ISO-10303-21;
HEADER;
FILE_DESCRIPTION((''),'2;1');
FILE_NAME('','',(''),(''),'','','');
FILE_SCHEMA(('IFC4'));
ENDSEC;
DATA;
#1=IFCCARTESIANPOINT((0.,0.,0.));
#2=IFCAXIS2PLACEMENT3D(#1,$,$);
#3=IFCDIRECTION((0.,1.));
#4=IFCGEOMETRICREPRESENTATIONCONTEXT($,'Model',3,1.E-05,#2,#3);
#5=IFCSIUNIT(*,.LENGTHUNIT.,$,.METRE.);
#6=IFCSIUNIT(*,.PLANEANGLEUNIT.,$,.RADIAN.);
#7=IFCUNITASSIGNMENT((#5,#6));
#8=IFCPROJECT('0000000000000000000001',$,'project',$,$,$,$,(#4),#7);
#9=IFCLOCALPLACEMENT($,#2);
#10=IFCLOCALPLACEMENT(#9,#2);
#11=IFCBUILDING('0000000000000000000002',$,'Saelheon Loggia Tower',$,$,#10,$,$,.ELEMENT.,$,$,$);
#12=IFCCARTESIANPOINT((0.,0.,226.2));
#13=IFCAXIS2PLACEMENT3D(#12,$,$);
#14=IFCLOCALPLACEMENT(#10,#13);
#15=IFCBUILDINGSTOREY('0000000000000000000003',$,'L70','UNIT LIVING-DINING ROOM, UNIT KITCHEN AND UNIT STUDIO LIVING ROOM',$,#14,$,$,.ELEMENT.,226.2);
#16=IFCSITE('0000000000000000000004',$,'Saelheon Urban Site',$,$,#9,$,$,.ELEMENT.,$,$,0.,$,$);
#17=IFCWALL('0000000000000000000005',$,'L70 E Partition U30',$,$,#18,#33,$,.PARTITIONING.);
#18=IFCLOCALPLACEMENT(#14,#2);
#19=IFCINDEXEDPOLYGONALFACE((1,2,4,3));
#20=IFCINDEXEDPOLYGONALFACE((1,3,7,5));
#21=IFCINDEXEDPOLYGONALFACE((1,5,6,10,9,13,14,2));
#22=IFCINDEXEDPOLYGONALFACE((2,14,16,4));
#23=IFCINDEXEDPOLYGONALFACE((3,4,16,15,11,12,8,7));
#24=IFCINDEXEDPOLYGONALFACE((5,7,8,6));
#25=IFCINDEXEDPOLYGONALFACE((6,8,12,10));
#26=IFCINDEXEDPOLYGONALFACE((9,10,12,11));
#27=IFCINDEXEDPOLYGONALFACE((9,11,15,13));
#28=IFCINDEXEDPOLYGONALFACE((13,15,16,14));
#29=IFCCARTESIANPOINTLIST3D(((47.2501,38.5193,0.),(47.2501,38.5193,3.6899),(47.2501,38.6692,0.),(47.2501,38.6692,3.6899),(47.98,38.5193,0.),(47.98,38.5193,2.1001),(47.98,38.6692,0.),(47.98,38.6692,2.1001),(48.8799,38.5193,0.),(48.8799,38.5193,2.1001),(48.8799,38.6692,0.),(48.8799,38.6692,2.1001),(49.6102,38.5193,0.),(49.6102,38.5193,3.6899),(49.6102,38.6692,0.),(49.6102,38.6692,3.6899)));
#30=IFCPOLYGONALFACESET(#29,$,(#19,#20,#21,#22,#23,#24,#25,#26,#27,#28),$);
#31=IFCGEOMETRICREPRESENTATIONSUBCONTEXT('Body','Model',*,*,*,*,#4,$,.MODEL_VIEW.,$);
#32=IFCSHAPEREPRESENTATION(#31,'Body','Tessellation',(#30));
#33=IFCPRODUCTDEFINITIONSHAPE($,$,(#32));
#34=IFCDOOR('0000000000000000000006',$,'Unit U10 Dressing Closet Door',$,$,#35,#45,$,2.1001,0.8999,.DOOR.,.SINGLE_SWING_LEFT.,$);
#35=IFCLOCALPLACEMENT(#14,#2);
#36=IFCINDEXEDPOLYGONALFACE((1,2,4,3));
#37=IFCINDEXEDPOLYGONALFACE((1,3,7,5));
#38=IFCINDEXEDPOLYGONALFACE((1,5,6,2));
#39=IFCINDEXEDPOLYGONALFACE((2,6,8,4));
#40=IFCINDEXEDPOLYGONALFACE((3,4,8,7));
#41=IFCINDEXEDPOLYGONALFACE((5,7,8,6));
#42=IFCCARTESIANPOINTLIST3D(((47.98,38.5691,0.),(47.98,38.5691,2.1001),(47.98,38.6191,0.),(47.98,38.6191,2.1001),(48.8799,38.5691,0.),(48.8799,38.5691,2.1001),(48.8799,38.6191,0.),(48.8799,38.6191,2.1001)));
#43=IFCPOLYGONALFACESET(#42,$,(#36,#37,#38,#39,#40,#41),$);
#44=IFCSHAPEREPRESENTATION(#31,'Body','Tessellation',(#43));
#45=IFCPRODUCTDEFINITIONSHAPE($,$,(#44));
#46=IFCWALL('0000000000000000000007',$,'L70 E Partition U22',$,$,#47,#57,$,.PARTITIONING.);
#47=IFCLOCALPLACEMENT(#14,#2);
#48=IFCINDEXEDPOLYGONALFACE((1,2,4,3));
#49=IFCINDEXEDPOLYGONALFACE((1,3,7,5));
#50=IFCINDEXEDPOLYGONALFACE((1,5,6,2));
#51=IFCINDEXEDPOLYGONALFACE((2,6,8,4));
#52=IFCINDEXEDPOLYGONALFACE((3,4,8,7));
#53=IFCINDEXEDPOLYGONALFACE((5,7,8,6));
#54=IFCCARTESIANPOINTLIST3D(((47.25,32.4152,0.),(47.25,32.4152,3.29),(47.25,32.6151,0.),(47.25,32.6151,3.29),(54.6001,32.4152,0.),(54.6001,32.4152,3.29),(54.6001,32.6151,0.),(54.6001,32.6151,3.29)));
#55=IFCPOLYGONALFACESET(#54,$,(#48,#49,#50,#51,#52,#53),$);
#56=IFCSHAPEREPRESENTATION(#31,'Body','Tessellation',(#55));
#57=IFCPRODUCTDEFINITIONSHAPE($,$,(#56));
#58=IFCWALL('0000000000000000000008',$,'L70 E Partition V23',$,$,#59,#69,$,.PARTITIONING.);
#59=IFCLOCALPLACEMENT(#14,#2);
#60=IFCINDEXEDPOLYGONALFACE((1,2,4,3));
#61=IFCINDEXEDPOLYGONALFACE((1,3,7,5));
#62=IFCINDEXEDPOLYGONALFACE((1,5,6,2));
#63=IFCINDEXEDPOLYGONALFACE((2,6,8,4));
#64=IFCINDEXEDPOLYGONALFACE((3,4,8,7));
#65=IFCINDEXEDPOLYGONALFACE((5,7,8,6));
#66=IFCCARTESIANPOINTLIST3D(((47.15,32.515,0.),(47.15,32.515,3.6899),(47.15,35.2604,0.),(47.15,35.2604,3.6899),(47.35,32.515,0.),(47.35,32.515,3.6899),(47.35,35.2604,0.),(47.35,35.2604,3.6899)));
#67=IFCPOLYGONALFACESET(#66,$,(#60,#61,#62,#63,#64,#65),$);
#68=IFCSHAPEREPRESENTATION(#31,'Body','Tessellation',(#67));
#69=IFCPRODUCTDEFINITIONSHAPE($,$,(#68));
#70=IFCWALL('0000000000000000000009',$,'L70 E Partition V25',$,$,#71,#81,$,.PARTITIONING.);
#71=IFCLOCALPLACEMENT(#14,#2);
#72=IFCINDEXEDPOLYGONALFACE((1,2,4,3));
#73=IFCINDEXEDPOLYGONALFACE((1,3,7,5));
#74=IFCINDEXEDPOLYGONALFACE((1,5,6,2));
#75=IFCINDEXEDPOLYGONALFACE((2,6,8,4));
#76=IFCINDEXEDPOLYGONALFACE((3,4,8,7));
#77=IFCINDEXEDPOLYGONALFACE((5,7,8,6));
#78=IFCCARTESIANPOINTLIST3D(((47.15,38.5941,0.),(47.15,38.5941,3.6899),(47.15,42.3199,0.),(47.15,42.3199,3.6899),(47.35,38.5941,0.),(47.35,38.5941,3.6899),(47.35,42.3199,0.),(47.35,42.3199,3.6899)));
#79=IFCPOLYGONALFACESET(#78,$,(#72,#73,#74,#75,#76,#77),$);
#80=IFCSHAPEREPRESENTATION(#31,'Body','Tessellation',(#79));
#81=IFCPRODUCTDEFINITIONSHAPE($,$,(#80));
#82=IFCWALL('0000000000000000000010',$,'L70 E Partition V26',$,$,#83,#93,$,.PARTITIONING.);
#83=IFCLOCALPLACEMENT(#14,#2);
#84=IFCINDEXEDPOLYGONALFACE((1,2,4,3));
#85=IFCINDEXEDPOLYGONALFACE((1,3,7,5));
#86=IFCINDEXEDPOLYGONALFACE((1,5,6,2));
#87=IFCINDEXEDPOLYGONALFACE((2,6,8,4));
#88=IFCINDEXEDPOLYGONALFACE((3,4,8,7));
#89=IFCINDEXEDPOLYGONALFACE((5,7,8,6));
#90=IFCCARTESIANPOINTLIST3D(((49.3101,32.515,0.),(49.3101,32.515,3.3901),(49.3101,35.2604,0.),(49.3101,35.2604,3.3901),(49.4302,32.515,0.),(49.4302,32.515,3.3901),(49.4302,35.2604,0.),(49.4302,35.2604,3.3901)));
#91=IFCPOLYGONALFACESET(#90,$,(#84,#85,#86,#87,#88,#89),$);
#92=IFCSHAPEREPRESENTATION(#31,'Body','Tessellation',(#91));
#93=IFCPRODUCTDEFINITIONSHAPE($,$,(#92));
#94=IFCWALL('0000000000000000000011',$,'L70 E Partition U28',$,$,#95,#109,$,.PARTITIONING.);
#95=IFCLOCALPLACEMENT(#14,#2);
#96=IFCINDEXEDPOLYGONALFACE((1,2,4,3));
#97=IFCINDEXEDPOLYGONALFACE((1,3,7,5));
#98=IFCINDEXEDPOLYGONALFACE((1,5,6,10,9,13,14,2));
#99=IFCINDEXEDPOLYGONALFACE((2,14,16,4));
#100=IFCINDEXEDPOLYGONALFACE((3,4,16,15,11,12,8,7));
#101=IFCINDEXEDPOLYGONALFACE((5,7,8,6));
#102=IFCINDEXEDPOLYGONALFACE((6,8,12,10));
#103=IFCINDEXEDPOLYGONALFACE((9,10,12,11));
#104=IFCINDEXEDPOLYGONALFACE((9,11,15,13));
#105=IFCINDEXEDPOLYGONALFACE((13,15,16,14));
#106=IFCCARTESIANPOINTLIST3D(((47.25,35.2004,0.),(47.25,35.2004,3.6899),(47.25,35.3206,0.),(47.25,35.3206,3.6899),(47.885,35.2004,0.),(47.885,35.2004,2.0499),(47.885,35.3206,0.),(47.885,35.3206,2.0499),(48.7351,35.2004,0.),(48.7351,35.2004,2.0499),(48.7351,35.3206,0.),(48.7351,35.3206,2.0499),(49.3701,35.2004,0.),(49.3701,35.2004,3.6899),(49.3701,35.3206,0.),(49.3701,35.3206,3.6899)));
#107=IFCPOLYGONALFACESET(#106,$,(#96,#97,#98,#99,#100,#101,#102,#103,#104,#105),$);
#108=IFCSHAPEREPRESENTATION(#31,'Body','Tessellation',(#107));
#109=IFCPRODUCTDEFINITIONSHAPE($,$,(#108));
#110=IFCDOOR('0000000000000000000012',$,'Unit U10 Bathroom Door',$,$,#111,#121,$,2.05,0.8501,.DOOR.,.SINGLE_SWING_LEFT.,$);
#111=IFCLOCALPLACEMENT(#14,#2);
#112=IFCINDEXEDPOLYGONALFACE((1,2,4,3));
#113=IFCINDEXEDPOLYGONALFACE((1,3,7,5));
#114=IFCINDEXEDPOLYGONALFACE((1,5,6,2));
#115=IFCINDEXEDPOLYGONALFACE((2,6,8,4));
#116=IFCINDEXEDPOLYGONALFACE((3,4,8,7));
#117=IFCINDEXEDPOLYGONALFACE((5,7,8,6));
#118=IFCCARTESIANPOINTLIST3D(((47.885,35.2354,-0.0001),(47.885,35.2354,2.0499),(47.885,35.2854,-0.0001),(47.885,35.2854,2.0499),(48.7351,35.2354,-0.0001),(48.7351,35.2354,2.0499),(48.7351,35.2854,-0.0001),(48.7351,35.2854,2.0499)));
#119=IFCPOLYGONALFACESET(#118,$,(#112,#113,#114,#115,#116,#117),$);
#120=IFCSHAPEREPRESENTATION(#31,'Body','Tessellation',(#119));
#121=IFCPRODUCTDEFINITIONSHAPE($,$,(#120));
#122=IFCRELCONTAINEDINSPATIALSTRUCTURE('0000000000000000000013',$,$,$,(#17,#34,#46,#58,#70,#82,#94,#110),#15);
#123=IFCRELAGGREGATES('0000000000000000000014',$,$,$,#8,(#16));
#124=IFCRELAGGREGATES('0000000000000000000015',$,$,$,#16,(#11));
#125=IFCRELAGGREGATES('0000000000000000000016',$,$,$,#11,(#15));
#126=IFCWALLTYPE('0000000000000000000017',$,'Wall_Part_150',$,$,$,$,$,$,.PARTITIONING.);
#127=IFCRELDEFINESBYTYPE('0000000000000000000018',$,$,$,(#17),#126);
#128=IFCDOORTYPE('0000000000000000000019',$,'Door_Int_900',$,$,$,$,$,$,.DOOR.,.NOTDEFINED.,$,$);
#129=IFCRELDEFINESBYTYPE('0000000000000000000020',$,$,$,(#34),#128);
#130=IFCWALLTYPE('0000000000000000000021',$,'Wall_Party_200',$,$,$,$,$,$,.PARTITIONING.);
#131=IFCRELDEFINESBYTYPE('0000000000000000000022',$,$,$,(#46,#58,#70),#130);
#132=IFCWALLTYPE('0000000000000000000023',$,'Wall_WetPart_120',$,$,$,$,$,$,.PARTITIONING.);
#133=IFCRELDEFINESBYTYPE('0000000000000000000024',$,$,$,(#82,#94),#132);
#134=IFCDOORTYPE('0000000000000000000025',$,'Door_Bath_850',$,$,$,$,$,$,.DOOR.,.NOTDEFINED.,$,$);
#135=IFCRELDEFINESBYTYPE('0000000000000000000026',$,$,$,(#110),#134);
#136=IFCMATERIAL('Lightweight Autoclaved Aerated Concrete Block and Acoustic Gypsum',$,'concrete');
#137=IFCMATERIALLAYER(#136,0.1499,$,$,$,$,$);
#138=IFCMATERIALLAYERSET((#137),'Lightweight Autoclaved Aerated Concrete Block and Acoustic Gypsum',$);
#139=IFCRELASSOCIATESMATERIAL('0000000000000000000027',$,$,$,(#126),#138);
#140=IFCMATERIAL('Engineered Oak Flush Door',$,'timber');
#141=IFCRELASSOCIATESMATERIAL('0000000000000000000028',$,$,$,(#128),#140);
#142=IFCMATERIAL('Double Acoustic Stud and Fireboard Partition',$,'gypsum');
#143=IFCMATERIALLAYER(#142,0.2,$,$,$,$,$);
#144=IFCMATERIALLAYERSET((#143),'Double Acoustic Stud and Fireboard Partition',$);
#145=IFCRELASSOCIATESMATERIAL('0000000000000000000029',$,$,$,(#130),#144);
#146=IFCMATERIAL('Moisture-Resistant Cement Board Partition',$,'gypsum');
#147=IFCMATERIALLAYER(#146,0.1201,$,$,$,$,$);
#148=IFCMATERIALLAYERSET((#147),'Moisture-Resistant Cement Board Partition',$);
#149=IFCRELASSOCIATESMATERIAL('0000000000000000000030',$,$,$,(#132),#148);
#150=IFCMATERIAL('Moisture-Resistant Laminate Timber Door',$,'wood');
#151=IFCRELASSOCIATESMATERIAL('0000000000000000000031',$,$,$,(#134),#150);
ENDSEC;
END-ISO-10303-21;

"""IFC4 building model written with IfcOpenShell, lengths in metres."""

from ifc_helpers import new_model, si_unit, direction, frame, frame_2d, origin, place, context, subcontext, project, spatial, rectangle, extrude, source, transform, mapped, material, layer, layer_set, type_object, element, fill, save


model = new_model("IFC4")

# Units and contexts
model_context = context("Model", 3, precision=1e-05, world=origin(), true_north=direction((0.0, 1.0)))
body_context = subcontext(model_context, "Body", "Model", "MODEL_VIEW")
ifc_project = project(units=[si_unit("LENGTHUNIT", "METRE"), si_unit("PLANEANGLEUNIT", "RADIAN")], contexts=[model_context])

# Site, building, storey
site_placement = place(None, origin())
site = spatial("IfcSite", under=ifc_project, at=site_placement, Name="Saelheon Urban Site", CompositionType="ELEMENT", RefElevation=0.0)
building_placement = place(site_placement, origin())
building = spatial("IfcBuilding", under=site, at=building_placement, Name="Saelheon Loggia Tower", CompositionType="ELEMENT")
storey_placement = place(building_placement, frame((0.0, 0.0, 226.2)))
storey = spatial("IfcBuildingStorey", under=building, at=storey_placement, Name="L70", Description="UNIT LIVING-DINING ROOM, UNIT KITCHEN AND UNIT STUDIO LIVING ROOM", CompositionType="ELEMENT", Elevation=226.2)

# Shared definitions
ifc_material_1 = material(Name="Lightweight Autoclaved Aerated Concrete Block and Acoustic Gypsum", Category="concrete")
ifc_layer_1 = layer(ifc_material_1, 0.1499)
ifc_layer_set_1 = layer_set([ifc_layer_1], Name="Lightweight Autoclaved Aerated Concrete Block and Acoustic Gypsum")
wall_type_1 = type_object("IfcWallType", Name="Wall_Part_150", PredefinedType="PARTITIONING", material=ifc_layer_set_1)

# Wall, opening, door
ifc_material_2 = material(Name="Engineered Oak Flush Door", Category="timber")
door_type_1 = type_object("IfcDoorType", Name="Door_Int_900", OperationType="NOTDEFINED", PredefinedType="DOOR", material=ifc_material_2)
shared_shape_1 = source(origin(), body_context, "Body", "SweptSolid", [
    extrude(rectangle(XDim=0.8999, YDim=2.1001, at=frame_2d((0.45, 1.05))), frame((0.0, 0.0249, 0.0), z_axis=(0.0, -1.0, 0.0), x_axis=(1.0, 0.0, 0.0)), (0.0, 0.0, 1.0), 0.05),
])
wall_1_placement = place(storey_placement, frame((47.25, 38.5942, 0.0), z_axis=(0.0, 0.0, 1.0), x_axis=(1.0, 0.0, 0.0)))
wall_1 = element("IfcWall", 1, at=wall_1_placement, inside=storey, type_object=wall_type_1, Name="L70 E Partition U30", PredefinedType="PARTITIONING", context=body_context, shape_type="SweptSolid", body=[
    extrude(rectangle(XDim=2.3601, YDim=0.1499, at=frame_2d((1.1802, 0.0))), origin(), (0.0, 0.0, 1.0), 3.6899),
])
opening_1_placement = place(wall_1_placement, frame((0.73, 0.0, 0.0)))
opening_1 = element("IfcOpeningElement", 2, at=opening_1_placement, cuts=wall_1, PredefinedType="OPENING", context=body_context, shape_type="SweptSolid", body=[
    extrude(rectangle(XDim=0.8999, YDim=2.1001, at=frame_2d((0.45, 1.05))), frame((0.0, 0.0869, 0.0), z_axis=(0.0, -1.0, 0.0), x_axis=(1.0, 0.0, 0.0)), (0.0, 0.0, 1.0), 0.1738),
])
door_1_placement = place(opening_1_placement, origin())
door_1 = element("IfcDoor", 3, at=door_1_placement, inside=storey, type_object=door_type_1, Name="Unit U10 Dressing Closet Door", OperationType="SINGLE_SWING_LEFT", OverallHeight=2.1001, OverallWidth=0.8999, PredefinedType="DOOR", context=body_context, shape_type="MappedRepresentation", body=[
    mapped(shared_shape_1, transform((0.0, 0.0, 0.0), scale=1.0)),
])
fill(opening_1, door_1)

# Walls
ifc_material_3 = material(Name="Double Acoustic Stud and Fireboard Partition", Category="gypsum")
ifc_layer_2 = layer(ifc_material_3, 0.2)
ifc_layer_set_2 = layer_set([ifc_layer_2], Name="Double Acoustic Stud and Fireboard Partition")
wall_type_2 = type_object("IfcWallType", Name="Wall_Party_200", PredefinedType="PARTITIONING", material=ifc_layer_set_2)
wall_2_placement = place(storey_placement, frame((47.25, 32.5151, 0.0), z_axis=(0.0, 0.0, 1.0), x_axis=(1.0, 0.0, 0.0)))
element("IfcWall", 4, at=wall_2_placement, inside=storey, type_object=wall_type_2, Name="L70 E Partition U22", PredefinedType="PARTITIONING", context=body_context, shape_type="SweptSolid", body=[
    extrude(rectangle(XDim=7.3501, YDim=0.2, at=frame_2d((3.675, 0.0))), origin(), (0.0, 0.0, 1.0), 3.29),
])
wall_3_placement = place(storey_placement, frame((47.25, 32.5151, 0.0), z_axis=(0.0, 0.0, 1.0), x_axis=(0.0, 1.0, 0.0)))
element("IfcWall", 5, at=wall_3_placement, inside=storey, type_object=wall_type_2, Name="L70 E Partition V23", PredefinedType="PARTITIONING", context=body_context, shape_type="SweptSolid", body=[
    extrude(rectangle(XDim=2.7454, YDim=0.2, at=frame_2d((1.3726, 0.0))), origin(), (0.0, 0.0, 1.0), 3.6899),
])

# Walls
wall_4_placement = place(storey_placement, frame((47.25, 38.5942, 0.0), z_axis=(0.0, 0.0, 1.0), x_axis=(0.0, 1.0, 0.0)))
element("IfcWall", 6, at=wall_4_placement, inside=storey, type_object=wall_type_2, Name="L70 E Partition V25", PredefinedType="PARTITIONING", context=body_context, shape_type="SweptSolid", body=[
    extrude(rectangle(XDim=3.7258, YDim=0.2, at=frame_2d((1.8628, 0.0))), origin(), (0.0, 0.0, 1.0), 3.6899),
])
ifc_material_4 = material(Name="Moisture-Resistant Cement Board Partition", Category="gypsum")
ifc_layer_3 = layer(ifc_material_4, 0.1201)
ifc_layer_set_3 = layer_set([ifc_layer_3], Name="Moisture-Resistant Cement Board Partition")
wall_type_3 = type_object("IfcWallType", Name="Wall_WetPart_120", PredefinedType="PARTITIONING", material=ifc_layer_set_3)
wall_5_placement = place(storey_placement, frame((49.3701, 32.5151, 0.0), z_axis=(0.0, 0.0, 1.0), x_axis=(0.0, 1.0, 0.0)))
element("IfcWall", 7, at=wall_5_placement, inside=storey, type_object=wall_type_3, Name="L70 E Partition V26", PredefinedType="PARTITIONING", context=body_context, shape_type="SweptSolid", body=[
    extrude(rectangle(XDim=2.7454, YDim=0.1201, at=frame_2d((1.3726, 0.0))), origin(), (0.0, 0.0, 1.0), 3.3901),
])

# Wall, opening, door
wall_6_placement = place(storey_placement, frame((47.25, 35.2605, 0.0), z_axis=(0.0, 0.0, 1.0), x_axis=(1.0, 0.0, 0.0)))
wall_6 = element("IfcWall", 8, at=wall_6_placement, inside=storey, type_object=wall_type_3, Name="L70 E Partition U28", PredefinedType="PARTITIONING", context=body_context, shape_type="SweptSolid", body=[
    extrude(rectangle(XDim=2.1201, YDim=0.1201, at=frame_2d((1.0601, 0.0))), origin(), (0.0, 0.0, 1.0), 3.6899),
])
opening_2_placement = place(wall_6_placement, frame((0.635, 0.0, 0.0)))
opening_2 = element("IfcOpeningElement", 9, at=opening_2_placement, cuts=wall_6, PredefinedType="OPENING", context=body_context, shape_type="SweptSolid", body=[
    extrude(rectangle(XDim=0.8501, YDim=2.05, at=frame_2d((0.425, 1.0249))), frame((0.0, 0.072, 0.0), z_axis=(0.0, -1.0, 0.0), x_axis=(1.0, 0.0, 0.0)), (0.0, 0.0, 1.0), 0.144),
])
ifc_material_5 = material(Name="Moisture-Resistant Laminate Timber Door", Category="wood")
door_type_2 = type_object("IfcDoorType", Name="Door_Bath_850", OperationType="NOTDEFINED", PredefinedType="DOOR", material=ifc_material_5)
shared_shape_2 = source(origin(), body_context, "Body", "SweptSolid", [
    extrude(rectangle(XDim=0.8501, YDim=2.05, at=frame_2d((0.425, 1.0249))), frame((0.0, 0.0249, 0.0), z_axis=(0.0, -1.0, 0.0), x_axis=(1.0, 0.0, 0.0)), (0.0, 0.0, 1.0), 0.05),
])
door_2_placement = place(opening_2_placement, origin())
door_2 = element("IfcDoor", 10, at=door_2_placement, inside=storey, type_object=door_type_2, Name="Unit U10 Bathroom Door", OperationType="SINGLE_SWING_LEFT", OverallHeight=2.05, OverallWidth=0.8501, PredefinedType="DOOR", context=body_context, shape_type="MappedRepresentation", body=[
    mapped(shared_shape_2, transform((0.0, 0.0, 0.0), scale=1.0)),
])
fill(opening_2, door_2)

save(model, "model.ifc")
